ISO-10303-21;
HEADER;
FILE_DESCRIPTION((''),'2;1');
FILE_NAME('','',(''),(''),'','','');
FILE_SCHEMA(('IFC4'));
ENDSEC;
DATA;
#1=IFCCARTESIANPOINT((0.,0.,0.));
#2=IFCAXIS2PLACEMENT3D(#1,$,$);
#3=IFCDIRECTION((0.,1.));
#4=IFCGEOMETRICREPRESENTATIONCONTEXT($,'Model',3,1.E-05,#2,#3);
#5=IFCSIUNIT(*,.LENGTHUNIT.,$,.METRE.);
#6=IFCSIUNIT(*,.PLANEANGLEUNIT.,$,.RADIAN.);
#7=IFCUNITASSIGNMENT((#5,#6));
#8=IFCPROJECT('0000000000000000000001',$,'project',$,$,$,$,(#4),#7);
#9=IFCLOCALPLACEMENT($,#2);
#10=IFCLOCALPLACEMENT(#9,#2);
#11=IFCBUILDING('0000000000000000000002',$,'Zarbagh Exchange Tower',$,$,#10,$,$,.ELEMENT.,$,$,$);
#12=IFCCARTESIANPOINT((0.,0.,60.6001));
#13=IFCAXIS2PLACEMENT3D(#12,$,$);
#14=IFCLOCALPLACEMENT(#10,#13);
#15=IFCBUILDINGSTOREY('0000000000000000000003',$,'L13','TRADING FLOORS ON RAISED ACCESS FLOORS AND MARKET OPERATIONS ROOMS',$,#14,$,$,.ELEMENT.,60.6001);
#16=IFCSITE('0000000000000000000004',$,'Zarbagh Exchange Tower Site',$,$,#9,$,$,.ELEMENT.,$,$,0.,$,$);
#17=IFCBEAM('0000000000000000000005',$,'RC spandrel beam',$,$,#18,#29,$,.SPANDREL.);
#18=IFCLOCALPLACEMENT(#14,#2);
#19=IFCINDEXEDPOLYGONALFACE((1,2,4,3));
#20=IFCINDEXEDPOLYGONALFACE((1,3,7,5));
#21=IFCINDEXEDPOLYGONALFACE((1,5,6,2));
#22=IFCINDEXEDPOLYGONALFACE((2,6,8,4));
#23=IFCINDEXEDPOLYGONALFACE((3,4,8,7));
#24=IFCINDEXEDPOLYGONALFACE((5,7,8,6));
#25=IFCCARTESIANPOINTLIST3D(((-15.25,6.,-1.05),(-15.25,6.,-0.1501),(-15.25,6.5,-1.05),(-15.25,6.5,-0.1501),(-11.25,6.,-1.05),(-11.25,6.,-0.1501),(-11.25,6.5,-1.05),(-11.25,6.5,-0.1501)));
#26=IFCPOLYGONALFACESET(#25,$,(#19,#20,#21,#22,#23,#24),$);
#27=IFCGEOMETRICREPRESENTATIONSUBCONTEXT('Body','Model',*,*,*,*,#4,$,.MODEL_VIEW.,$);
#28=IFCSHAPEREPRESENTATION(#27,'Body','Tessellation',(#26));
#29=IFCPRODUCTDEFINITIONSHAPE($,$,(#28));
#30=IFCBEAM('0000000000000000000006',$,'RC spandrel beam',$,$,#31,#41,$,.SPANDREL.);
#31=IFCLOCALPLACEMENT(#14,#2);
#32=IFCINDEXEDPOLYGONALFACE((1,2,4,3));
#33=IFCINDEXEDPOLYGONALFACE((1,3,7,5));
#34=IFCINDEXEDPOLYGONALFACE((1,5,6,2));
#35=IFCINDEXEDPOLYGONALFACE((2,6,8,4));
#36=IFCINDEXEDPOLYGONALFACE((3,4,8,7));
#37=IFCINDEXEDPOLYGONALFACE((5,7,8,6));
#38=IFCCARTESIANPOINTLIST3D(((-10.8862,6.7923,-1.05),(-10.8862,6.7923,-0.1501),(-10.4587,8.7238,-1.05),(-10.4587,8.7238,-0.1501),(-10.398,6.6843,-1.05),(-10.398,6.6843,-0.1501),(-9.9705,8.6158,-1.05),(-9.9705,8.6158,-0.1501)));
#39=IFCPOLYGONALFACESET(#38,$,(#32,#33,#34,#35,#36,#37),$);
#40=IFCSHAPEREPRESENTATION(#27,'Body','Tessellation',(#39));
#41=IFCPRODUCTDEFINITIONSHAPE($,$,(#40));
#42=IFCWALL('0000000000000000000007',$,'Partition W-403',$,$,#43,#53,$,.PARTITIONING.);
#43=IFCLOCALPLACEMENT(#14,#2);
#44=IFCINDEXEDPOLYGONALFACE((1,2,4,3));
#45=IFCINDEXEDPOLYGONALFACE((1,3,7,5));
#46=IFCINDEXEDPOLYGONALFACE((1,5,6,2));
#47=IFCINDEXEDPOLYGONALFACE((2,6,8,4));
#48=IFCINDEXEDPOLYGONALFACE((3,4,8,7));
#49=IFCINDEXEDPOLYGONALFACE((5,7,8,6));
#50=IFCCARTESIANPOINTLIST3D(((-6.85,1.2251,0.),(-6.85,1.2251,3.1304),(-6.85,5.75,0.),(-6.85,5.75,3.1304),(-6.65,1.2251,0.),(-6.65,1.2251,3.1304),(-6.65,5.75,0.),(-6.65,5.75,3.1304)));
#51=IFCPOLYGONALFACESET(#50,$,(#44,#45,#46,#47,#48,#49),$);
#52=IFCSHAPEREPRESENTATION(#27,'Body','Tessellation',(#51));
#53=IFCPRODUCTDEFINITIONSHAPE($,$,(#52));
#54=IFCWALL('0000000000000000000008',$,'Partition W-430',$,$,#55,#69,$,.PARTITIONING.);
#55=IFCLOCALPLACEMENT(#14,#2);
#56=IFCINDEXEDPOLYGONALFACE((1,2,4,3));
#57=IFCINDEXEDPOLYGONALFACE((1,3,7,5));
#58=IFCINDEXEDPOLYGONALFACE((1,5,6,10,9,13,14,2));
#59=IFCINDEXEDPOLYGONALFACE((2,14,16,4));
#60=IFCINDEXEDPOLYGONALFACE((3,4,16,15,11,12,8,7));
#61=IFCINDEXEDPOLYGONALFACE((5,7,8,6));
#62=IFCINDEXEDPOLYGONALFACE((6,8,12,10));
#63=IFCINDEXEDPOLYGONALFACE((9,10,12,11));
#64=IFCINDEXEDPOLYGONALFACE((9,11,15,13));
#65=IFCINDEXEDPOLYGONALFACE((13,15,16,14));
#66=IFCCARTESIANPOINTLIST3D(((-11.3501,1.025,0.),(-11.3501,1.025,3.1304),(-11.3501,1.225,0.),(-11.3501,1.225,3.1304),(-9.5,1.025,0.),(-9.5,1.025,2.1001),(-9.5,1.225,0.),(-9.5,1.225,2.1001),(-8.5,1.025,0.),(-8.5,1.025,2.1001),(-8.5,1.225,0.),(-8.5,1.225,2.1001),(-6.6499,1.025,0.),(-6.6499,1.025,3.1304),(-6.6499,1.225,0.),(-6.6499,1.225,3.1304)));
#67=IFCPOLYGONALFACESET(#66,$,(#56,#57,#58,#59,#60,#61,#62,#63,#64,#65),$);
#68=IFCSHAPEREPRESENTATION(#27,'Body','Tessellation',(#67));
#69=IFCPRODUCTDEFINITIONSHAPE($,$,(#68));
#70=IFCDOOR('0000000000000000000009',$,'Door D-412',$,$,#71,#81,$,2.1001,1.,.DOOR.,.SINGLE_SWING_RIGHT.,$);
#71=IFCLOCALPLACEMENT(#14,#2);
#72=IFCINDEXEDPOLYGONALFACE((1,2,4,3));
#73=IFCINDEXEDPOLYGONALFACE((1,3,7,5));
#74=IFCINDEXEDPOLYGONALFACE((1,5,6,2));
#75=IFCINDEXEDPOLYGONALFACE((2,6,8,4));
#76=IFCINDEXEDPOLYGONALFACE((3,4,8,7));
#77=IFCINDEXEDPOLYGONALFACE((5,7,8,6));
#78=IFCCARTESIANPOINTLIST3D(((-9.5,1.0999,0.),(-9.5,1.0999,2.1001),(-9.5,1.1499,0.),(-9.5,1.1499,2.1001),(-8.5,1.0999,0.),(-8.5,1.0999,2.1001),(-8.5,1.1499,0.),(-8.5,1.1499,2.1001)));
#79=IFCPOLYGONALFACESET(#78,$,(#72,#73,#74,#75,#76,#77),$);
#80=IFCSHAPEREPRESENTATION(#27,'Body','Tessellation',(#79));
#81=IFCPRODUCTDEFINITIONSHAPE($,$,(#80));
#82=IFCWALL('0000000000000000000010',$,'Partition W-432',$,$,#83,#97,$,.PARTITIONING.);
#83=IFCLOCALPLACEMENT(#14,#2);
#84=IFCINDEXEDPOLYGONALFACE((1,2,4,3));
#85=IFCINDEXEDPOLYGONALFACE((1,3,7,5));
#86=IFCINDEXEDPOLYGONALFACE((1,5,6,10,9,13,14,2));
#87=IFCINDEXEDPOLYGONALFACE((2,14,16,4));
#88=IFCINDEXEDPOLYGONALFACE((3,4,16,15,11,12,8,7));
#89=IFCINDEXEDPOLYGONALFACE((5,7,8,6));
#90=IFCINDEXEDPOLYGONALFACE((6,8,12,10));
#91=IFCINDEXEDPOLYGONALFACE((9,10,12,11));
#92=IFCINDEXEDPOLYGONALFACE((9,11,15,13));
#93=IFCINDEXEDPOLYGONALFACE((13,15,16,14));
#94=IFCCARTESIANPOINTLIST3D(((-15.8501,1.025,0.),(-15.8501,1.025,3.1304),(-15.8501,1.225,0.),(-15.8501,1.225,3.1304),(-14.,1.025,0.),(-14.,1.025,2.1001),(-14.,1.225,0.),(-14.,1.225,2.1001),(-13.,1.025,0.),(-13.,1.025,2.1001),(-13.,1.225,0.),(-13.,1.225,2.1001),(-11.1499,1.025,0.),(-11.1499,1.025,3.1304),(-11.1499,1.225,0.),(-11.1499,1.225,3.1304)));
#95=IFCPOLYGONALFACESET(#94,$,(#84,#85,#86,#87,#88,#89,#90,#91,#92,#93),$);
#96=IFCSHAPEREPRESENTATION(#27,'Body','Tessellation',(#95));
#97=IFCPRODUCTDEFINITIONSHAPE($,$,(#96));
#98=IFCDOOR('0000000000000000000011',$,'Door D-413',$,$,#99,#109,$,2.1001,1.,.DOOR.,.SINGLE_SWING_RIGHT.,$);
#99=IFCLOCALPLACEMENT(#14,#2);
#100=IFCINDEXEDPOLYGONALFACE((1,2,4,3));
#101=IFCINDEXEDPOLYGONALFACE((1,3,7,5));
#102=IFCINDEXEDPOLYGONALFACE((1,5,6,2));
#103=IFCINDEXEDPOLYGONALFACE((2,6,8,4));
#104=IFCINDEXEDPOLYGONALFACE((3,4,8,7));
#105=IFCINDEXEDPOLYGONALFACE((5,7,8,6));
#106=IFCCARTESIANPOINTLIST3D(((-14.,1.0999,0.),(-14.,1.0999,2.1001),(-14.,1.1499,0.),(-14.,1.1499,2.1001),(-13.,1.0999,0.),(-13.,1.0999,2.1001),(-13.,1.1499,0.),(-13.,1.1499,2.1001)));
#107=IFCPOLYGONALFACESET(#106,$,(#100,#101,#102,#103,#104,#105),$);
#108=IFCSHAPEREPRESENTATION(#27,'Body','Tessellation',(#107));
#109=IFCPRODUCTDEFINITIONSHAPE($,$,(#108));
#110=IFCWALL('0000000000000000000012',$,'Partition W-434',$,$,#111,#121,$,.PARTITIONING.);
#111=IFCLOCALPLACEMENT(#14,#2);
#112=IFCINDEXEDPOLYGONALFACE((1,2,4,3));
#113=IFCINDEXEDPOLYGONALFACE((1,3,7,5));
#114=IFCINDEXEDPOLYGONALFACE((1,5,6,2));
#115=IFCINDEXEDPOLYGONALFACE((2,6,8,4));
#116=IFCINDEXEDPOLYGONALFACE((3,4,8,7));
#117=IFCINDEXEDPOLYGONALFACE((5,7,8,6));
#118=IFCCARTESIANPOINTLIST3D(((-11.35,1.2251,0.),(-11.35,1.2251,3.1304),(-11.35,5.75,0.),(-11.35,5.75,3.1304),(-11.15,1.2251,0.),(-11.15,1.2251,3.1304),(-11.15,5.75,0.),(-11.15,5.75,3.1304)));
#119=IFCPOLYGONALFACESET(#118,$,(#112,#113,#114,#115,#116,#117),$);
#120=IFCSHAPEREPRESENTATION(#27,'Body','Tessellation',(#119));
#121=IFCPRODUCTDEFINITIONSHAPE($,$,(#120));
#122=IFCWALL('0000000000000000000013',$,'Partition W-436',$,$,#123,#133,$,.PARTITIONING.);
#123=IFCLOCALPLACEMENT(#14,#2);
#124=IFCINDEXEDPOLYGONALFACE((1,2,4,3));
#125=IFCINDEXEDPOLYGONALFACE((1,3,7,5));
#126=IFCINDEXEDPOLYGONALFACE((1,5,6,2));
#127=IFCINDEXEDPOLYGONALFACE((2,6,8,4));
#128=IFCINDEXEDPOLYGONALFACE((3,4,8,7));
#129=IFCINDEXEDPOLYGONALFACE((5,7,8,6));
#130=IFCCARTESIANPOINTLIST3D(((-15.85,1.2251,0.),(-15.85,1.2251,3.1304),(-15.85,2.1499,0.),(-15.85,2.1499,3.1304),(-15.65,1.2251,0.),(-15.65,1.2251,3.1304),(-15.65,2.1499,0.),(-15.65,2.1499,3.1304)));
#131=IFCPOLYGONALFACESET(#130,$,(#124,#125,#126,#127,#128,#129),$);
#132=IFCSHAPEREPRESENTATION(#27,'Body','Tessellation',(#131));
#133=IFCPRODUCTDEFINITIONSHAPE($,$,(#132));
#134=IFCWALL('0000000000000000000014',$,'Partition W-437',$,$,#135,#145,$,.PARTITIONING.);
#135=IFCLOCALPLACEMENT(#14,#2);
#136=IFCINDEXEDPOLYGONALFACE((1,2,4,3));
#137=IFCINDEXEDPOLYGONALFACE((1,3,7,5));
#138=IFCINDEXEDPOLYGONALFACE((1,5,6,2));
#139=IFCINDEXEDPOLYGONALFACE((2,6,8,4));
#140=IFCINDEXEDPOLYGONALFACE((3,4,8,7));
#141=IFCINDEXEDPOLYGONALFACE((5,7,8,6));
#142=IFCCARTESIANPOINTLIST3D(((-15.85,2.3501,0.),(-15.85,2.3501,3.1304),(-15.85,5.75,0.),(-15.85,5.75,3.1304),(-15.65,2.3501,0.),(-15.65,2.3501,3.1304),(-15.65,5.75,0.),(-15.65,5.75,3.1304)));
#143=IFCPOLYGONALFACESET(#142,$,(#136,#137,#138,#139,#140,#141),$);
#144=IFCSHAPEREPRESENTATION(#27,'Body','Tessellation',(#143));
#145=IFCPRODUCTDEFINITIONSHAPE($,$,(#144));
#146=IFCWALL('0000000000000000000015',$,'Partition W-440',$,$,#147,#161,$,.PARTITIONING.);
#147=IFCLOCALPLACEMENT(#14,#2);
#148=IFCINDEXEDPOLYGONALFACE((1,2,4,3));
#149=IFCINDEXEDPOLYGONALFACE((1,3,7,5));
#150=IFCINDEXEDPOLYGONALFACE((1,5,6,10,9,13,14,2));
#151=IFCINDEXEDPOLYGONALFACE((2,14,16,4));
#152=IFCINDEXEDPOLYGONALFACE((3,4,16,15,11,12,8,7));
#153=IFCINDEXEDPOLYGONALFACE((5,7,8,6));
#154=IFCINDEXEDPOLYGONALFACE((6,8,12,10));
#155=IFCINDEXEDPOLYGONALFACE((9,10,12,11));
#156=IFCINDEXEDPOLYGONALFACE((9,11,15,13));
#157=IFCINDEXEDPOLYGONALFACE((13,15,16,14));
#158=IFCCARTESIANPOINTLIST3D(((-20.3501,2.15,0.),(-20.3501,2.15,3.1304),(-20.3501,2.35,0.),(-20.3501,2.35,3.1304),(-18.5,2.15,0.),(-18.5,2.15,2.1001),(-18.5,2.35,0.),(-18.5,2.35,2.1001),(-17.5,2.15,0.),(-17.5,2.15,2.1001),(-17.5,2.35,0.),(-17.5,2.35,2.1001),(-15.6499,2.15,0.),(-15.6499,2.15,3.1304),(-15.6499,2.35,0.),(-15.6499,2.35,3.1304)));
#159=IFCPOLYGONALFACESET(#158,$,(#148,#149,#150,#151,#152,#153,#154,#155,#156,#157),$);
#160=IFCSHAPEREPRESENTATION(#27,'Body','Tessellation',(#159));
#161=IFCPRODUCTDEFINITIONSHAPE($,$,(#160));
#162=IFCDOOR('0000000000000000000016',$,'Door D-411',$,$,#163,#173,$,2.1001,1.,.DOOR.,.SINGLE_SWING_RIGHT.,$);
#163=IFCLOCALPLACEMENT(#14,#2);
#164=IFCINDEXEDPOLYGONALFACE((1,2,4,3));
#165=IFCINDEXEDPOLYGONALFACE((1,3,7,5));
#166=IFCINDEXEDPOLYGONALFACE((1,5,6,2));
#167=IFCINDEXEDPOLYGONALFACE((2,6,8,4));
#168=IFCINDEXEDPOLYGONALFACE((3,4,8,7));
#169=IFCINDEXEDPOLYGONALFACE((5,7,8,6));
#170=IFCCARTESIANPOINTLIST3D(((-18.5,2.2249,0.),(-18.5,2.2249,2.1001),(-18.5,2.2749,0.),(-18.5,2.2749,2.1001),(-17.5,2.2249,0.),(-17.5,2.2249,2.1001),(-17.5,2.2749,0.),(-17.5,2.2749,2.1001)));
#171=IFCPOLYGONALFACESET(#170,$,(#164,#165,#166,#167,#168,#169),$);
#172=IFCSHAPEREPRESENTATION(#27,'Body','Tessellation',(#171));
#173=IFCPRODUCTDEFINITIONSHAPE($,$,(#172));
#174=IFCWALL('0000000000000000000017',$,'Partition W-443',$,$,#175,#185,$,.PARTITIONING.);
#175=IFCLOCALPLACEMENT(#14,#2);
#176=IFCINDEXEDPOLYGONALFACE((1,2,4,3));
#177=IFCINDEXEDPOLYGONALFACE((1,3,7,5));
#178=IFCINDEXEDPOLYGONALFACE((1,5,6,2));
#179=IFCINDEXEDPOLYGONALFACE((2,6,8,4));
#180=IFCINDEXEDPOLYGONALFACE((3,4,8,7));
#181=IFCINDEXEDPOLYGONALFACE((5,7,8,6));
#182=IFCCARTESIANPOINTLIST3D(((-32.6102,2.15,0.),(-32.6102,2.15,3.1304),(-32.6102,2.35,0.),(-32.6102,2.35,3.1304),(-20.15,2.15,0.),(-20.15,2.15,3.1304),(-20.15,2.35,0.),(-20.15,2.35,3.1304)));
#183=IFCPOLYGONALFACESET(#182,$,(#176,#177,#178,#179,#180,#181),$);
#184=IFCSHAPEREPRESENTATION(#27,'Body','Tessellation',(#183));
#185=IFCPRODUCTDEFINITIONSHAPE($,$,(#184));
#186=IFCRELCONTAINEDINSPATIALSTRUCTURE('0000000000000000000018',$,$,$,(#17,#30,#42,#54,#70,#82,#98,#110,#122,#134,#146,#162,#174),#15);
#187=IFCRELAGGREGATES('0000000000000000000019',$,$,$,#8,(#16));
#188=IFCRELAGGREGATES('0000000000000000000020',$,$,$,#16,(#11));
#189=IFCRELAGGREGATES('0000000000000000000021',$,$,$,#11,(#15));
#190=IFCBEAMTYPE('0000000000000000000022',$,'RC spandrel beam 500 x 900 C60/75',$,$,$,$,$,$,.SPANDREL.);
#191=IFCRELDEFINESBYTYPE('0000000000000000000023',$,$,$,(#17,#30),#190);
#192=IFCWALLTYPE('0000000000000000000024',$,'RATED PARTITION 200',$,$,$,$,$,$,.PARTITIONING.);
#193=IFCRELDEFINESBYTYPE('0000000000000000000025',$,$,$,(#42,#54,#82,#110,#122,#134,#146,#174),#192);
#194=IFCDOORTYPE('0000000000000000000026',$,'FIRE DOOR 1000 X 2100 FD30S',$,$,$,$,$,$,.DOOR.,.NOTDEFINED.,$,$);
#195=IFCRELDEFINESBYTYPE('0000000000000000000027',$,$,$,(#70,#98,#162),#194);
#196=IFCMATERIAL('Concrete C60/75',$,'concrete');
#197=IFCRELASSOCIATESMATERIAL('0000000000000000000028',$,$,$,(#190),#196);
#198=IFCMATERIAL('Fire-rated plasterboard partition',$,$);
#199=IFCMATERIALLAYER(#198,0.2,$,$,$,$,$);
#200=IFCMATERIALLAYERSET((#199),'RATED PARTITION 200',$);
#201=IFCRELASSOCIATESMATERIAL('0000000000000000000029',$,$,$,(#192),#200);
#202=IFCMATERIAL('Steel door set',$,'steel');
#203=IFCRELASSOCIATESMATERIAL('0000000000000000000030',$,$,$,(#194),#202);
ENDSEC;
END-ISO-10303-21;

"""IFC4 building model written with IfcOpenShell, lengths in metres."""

from ifc_helpers import new_model, si_unit, direction, frame, frame_2d, origin, origin_2d, place, context, subcontext, project, spatial, rectangle, extrude, material, layer, layer_set, material_profile, profile_set, type_object, element, fill, save


model = new_model("IFC4")

# Units and contexts
model_context = context("Model", 3, precision=1e-05, world=origin(), true_north=direction((0.0, 1.0)))
body_context = subcontext(model_context, "Body", "Model", "MODEL_VIEW")
ifc_project = project(units=[si_unit("LENGTHUNIT", "METRE"), si_unit("PLANEANGLEUNIT", "RADIAN")], contexts=[model_context])

# Site, building, storey
site_placement = place(None, origin())
site = spatial("IfcSite", under=ifc_project, at=site_placement, Name="Zarbagh Exchange Tower Site", CompositionType="ELEMENT", RefElevation=0.0)
building_placement = place(site_placement, origin())
building = spatial("IfcBuilding", under=site, at=building_placement, Name="Zarbagh Exchange Tower", CompositionType="ELEMENT")
storey_placement = place(building_placement, frame((0.0, 0.0, 60.6001)))
storey = spatial("IfcBuildingStorey", under=building, at=storey_placement, Name="L13", Description="TRADING FLOORS ON RAISED ACCESS FLOORS AND MARKET OPERATIONS ROOMS", CompositionType="ELEMENT", Elevation=60.6001)

# Shared definitions
ifc_material_1 = material(Name="Concrete C60/75", Category="concrete")

# Beams
ifc_material_profile_1 = material_profile(ifc_material_1, rectangle(XDim=0.5, YDim=0.8999, at=origin_2d()), Name="RC spandrel beam 500 x 900 C60/75")
ifc_profile_set_1 = profile_set([ifc_material_profile_1], Name="Concrete C60/75")
beam_type_1 = type_object("IfcBeamType", Name="RC spandrel beam 500 x 900 C60/75", PredefinedType="SPANDREL", material=ifc_profile_set_1)
beam_1_placement = place(storey_placement, frame((-15.25, 6.25, -0.6001), z_axis=(1.0, 0.0, 0.0), x_axis=(0.0, 1.0, 0.0)))
element("IfcBeam", 1, at=beam_1_placement, inside=storey, type_object=beam_type_1, Name="RC spandrel beam", PredefinedType="SPANDREL", context=body_context, shape_type="SweptSolid", body=[
    extrude(rectangle(XDim=0.5, YDim=0.8999, at=origin_2d()), origin(), (0.0, 0.0, 1.0), 4.0),
])
beam_2_placement = place(storey_placement, frame((-10.6421, 6.7383, -0.6001), z_axis=(0.216081, 0.976375, 0.0), x_axis=(-0.976375, 0.216081, 0.0)))
element("IfcBeam", 2, at=beam_2_placement, inside=storey, type_object=beam_type_1, Name="RC spandrel beam", PredefinedType="SPANDREL", context=body_context, shape_type="SweptSolid", body=[
    extrude(rectangle(XDim=0.5, YDim=0.8999, at=origin_2d()), origin(), (0.0, 0.0, 1.0), 1.9783),
])

# Wall
ifc_material_2 = material(Name="Fire-rated plasterboard partition")
ifc_layer = layer(ifc_material_2, 0.2)
ifc_layer_set = layer_set([ifc_layer], Name="RATED PARTITION 200")
wall_type = type_object("IfcWallType", Name="RATED PARTITION 200", PredefinedType="PARTITIONING", material=ifc_layer_set)
wall_1_placement = place(storey_placement, frame((-6.75, 1.2251, 0.0), z_axis=(0.0, 0.0, 1.0), x_axis=(0.0, 1.0, 0.0)))
element("IfcWall", 3, at=wall_1_placement, inside=storey, type_object=wall_type, Name="Partition W-403", PredefinedType="PARTITIONING", context=body_context, shape_type="SweptSolid", body=[
    extrude(rectangle(XDim=4.5249, YDim=0.2, at=frame_2d((2.2625, 0.0))), origin(), (0.0, 0.0, 1.0), 3.1304),
])

# Walls, openings, doors
wall_2_placement = place(storey_placement, frame((-11.3501, 1.125, 0.0), z_axis=(0.0, 0.0, 1.0), x_axis=(1.0, 0.0, 0.0)))
wall_2 = element("IfcWall", 4, at=wall_2_placement, inside=storey, type_object=wall_type, Name="Partition W-430", PredefinedType="PARTITIONING", context=body_context, shape_type="SweptSolid", body=[
    extrude(rectangle(XDim=4.7002, YDim=0.2, at=frame_2d((2.3501, 0.0))), origin(), (0.0, 0.0, 1.0), 3.1304),
])
opening_1_placement = place(wall_2_placement, frame((1.8501, 0.0, 0.0)))
opening_1 = element("IfcOpeningElement", 5, at=opening_1_placement, cuts=wall_2, PredefinedType="OPENING", context=body_context, shape_type="SweptSolid", body=[
    extrude(rectangle(XDim=1.0, YDim=2.1001, at=frame_2d((0.5, 1.05))), frame((0.0, 0.1099, 0.0), z_axis=(0.0, -1.0, 0.0), x_axis=(1.0, 0.0, 0.0)), (0.0, 0.0, 1.0), 0.22),
])
ifc_material_3 = material(Name="Steel door set", Category="steel")
door_type = type_object("IfcDoorType", Name="FIRE DOOR 1000 X 2100 FD30S", OperationType="NOTDEFINED", PredefinedType="DOOR", material=ifc_material_3)
door_1_placement = place(opening_1_placement, origin())
door_1 = element("IfcDoor", 6, at=door_1_placement, inside=storey, type_object=door_type, Name="Door D-412", OperationType="SINGLE_SWING_RIGHT", OverallHeight=2.1001, OverallWidth=1.0, PredefinedType="DOOR", context=body_context, shape_type="SweptSolid", body=[
    extrude(rectangle(XDim=1.0, YDim=2.1001, at=frame_2d((0.5, 1.05))), frame((0.0, 0.0249, 0.0), z_axis=(0.0, -1.0, 0.0), x_axis=(1.0, 0.0, 0.0)), (0.0, 0.0, 1.0), 0.05),
])
fill(opening_1, door_1)
wall_3_placement = place(storey_placement, frame((-15.8501, 1.125, 0.0), z_axis=(0.0, 0.0, 1.0), x_axis=(1.0, 0.0, 0.0)))
wall_3 = element("IfcWall", 7, at=wall_3_placement, inside=storey, type_object=wall_type, Name="Partition W-432", PredefinedType="PARTITIONING", context=body_context, shape_type="SweptSolid", body=[
    extrude(rectangle(XDim=4.7002, YDim=0.2, at=frame_2d((2.3501, 0.0))), origin(), (0.0, 0.0, 1.0), 3.1304),
])
opening_2_placement = place(wall_3_placement, frame((1.8501, 0.0, 0.0)))
opening_2 = element("IfcOpeningElement", 8, at=opening_2_placement, cuts=wall_3, PredefinedType="OPENING", context=body_context, shape_type="SweptSolid", body=[
    extrude(rectangle(XDim=1.0, YDim=2.1001, at=frame_2d((0.5, 1.05))), frame((0.0, 0.1099, 0.0), z_axis=(0.0, -1.0, 0.0), x_axis=(1.0, 0.0, 0.0)), (0.0, 0.0, 1.0), 0.22),
])
door_2_placement = place(opening_2_placement, origin())
door_2 = element("IfcDoor", 9, at=door_2_placement, inside=storey, type_object=door_type, Name="Door D-413", OperationType="SINGLE_SWING_RIGHT", OverallHeight=2.1001, OverallWidth=1.0, PredefinedType="DOOR", context=body_context, shape_type="SweptSolid", body=[
    extrude(rectangle(XDim=1.0, YDim=2.1001, at=frame_2d((0.5, 1.05))), frame((0.0, 0.0249, 0.0), z_axis=(0.0, -1.0, 0.0), x_axis=(1.0, 0.0, 0.0)), (0.0, 0.0, 1.0), 0.05),
])
fill(opening_2, door_2)

# Walls
wall_4_placement = place(storey_placement, frame((-11.25, 1.2251, 0.0), z_axis=(0.0, 0.0, 1.0), x_axis=(0.0, 1.0, 0.0)))
element("IfcWall", 10, at=wall_4_placement, inside=storey, type_object=wall_type, Name="Partition W-434", PredefinedType="PARTITIONING", context=body_context, shape_type="SweptSolid", body=[
    extrude(rectangle(XDim=4.5249, YDim=0.2, at=frame_2d((2.2625, 0.0))), origin(), (0.0, 0.0, 1.0), 3.1304),
])
wall_5_placement = place(storey_placement, frame((-15.75, 1.2251, 0.0), z_axis=(0.0, 0.0, 1.0), x_axis=(0.0, 1.0, 0.0)))
element("IfcWall", 11, at=wall_5_placement, inside=storey, type_object=wall_type, Name="Partition W-436", PredefinedType="PARTITIONING", context=body_context, shape_type="SweptSolid", body=[
    extrude(rectangle(XDim=0.9248, YDim=0.2, at=frame_2d((0.4624, 0.0))), origin(), (0.0, 0.0, 1.0), 3.1304),
])
wall_6_placement = place(storey_placement, frame((-15.75, 2.3501, 0.0), z_axis=(0.0, 0.0, 1.0), x_axis=(0.0, 1.0, 0.0)))
element("IfcWall", 12, at=wall_6_placement, inside=storey, type_object=wall_type, Name="Partition W-437", PredefinedType="PARTITIONING", context=body_context, shape_type="SweptSolid", body=[
    extrude(rectangle(XDim=3.3999, YDim=0.2, at=frame_2d((1.7, 0.0))), origin(), (0.0, 0.0, 1.0), 3.1304),
])

# Wall, opening, door
wall_7_placement = place(storey_placement, frame((-20.3501, 2.25, 0.0), z_axis=(0.0, 0.0, 1.0), x_axis=(1.0, 0.0, 0.0)))
wall_7 = element("IfcWall", 13, at=wall_7_placement, inside=storey, type_object=wall_type, Name="Partition W-440", PredefinedType="PARTITIONING", context=body_context, shape_type="SweptSolid", body=[
    extrude(rectangle(XDim=4.7002, YDim=0.2, at=frame_2d((2.3501, 0.0))), origin(), (0.0, 0.0, 1.0), 3.1304),
])
opening_3_placement = place(wall_7_placement, frame((1.8501, 0.0, 0.0)))
opening_3 = element("IfcOpeningElement", 14, at=opening_3_placement, cuts=wall_7, PredefinedType="OPENING", context=body_context, shape_type="SweptSolid", body=[
    extrude(rectangle(XDim=1.0, YDim=2.1001, at=frame_2d((0.5, 1.05))), frame((0.0, 0.1099, 0.0), z_axis=(0.0, -1.0, 0.0), x_axis=(1.0, 0.0, 0.0)), (0.0, 0.0, 1.0), 0.22),
])
door_3_placement = place(opening_3_placement, origin())
door_3 = element("IfcDoor", 15, at=door_3_placement, inside=storey, type_object=door_type, Name="Door D-411", OperationType="SINGLE_SWING_RIGHT", OverallHeight=2.1001, OverallWidth=1.0, PredefinedType="DOOR", context=body_context, shape_type="SweptSolid", body=[
    extrude(rectangle(XDim=1.0, YDim=2.1001, at=frame_2d((0.5, 1.05))), frame((0.0, 0.0249, 0.0), z_axis=(0.0, -1.0, 0.0), x_axis=(1.0, 0.0, 0.0)), (0.0, 0.0, 1.0), 0.05),
])
fill(opening_3, door_3)

# Wall
wall_8_placement = place(storey_placement, frame((-32.6101, 2.25, 0.0), z_axis=(0.0, 0.0, 1.0), x_axis=(1.0, 0.0, 0.0)))
element("IfcWall", 16, at=wall_8_placement, inside=storey, type_object=wall_type, Name="Partition W-443", PredefinedType="PARTITIONING", context=body_context, shape_type="SweptSolid", body=[
    extrude(rectangle(XDim=12.4602, YDim=0.2, at=frame_2d((6.23, 0.0))), origin(), (0.0, 0.0, 1.0), 3.1304),
])

save(model, "model.ifc")
